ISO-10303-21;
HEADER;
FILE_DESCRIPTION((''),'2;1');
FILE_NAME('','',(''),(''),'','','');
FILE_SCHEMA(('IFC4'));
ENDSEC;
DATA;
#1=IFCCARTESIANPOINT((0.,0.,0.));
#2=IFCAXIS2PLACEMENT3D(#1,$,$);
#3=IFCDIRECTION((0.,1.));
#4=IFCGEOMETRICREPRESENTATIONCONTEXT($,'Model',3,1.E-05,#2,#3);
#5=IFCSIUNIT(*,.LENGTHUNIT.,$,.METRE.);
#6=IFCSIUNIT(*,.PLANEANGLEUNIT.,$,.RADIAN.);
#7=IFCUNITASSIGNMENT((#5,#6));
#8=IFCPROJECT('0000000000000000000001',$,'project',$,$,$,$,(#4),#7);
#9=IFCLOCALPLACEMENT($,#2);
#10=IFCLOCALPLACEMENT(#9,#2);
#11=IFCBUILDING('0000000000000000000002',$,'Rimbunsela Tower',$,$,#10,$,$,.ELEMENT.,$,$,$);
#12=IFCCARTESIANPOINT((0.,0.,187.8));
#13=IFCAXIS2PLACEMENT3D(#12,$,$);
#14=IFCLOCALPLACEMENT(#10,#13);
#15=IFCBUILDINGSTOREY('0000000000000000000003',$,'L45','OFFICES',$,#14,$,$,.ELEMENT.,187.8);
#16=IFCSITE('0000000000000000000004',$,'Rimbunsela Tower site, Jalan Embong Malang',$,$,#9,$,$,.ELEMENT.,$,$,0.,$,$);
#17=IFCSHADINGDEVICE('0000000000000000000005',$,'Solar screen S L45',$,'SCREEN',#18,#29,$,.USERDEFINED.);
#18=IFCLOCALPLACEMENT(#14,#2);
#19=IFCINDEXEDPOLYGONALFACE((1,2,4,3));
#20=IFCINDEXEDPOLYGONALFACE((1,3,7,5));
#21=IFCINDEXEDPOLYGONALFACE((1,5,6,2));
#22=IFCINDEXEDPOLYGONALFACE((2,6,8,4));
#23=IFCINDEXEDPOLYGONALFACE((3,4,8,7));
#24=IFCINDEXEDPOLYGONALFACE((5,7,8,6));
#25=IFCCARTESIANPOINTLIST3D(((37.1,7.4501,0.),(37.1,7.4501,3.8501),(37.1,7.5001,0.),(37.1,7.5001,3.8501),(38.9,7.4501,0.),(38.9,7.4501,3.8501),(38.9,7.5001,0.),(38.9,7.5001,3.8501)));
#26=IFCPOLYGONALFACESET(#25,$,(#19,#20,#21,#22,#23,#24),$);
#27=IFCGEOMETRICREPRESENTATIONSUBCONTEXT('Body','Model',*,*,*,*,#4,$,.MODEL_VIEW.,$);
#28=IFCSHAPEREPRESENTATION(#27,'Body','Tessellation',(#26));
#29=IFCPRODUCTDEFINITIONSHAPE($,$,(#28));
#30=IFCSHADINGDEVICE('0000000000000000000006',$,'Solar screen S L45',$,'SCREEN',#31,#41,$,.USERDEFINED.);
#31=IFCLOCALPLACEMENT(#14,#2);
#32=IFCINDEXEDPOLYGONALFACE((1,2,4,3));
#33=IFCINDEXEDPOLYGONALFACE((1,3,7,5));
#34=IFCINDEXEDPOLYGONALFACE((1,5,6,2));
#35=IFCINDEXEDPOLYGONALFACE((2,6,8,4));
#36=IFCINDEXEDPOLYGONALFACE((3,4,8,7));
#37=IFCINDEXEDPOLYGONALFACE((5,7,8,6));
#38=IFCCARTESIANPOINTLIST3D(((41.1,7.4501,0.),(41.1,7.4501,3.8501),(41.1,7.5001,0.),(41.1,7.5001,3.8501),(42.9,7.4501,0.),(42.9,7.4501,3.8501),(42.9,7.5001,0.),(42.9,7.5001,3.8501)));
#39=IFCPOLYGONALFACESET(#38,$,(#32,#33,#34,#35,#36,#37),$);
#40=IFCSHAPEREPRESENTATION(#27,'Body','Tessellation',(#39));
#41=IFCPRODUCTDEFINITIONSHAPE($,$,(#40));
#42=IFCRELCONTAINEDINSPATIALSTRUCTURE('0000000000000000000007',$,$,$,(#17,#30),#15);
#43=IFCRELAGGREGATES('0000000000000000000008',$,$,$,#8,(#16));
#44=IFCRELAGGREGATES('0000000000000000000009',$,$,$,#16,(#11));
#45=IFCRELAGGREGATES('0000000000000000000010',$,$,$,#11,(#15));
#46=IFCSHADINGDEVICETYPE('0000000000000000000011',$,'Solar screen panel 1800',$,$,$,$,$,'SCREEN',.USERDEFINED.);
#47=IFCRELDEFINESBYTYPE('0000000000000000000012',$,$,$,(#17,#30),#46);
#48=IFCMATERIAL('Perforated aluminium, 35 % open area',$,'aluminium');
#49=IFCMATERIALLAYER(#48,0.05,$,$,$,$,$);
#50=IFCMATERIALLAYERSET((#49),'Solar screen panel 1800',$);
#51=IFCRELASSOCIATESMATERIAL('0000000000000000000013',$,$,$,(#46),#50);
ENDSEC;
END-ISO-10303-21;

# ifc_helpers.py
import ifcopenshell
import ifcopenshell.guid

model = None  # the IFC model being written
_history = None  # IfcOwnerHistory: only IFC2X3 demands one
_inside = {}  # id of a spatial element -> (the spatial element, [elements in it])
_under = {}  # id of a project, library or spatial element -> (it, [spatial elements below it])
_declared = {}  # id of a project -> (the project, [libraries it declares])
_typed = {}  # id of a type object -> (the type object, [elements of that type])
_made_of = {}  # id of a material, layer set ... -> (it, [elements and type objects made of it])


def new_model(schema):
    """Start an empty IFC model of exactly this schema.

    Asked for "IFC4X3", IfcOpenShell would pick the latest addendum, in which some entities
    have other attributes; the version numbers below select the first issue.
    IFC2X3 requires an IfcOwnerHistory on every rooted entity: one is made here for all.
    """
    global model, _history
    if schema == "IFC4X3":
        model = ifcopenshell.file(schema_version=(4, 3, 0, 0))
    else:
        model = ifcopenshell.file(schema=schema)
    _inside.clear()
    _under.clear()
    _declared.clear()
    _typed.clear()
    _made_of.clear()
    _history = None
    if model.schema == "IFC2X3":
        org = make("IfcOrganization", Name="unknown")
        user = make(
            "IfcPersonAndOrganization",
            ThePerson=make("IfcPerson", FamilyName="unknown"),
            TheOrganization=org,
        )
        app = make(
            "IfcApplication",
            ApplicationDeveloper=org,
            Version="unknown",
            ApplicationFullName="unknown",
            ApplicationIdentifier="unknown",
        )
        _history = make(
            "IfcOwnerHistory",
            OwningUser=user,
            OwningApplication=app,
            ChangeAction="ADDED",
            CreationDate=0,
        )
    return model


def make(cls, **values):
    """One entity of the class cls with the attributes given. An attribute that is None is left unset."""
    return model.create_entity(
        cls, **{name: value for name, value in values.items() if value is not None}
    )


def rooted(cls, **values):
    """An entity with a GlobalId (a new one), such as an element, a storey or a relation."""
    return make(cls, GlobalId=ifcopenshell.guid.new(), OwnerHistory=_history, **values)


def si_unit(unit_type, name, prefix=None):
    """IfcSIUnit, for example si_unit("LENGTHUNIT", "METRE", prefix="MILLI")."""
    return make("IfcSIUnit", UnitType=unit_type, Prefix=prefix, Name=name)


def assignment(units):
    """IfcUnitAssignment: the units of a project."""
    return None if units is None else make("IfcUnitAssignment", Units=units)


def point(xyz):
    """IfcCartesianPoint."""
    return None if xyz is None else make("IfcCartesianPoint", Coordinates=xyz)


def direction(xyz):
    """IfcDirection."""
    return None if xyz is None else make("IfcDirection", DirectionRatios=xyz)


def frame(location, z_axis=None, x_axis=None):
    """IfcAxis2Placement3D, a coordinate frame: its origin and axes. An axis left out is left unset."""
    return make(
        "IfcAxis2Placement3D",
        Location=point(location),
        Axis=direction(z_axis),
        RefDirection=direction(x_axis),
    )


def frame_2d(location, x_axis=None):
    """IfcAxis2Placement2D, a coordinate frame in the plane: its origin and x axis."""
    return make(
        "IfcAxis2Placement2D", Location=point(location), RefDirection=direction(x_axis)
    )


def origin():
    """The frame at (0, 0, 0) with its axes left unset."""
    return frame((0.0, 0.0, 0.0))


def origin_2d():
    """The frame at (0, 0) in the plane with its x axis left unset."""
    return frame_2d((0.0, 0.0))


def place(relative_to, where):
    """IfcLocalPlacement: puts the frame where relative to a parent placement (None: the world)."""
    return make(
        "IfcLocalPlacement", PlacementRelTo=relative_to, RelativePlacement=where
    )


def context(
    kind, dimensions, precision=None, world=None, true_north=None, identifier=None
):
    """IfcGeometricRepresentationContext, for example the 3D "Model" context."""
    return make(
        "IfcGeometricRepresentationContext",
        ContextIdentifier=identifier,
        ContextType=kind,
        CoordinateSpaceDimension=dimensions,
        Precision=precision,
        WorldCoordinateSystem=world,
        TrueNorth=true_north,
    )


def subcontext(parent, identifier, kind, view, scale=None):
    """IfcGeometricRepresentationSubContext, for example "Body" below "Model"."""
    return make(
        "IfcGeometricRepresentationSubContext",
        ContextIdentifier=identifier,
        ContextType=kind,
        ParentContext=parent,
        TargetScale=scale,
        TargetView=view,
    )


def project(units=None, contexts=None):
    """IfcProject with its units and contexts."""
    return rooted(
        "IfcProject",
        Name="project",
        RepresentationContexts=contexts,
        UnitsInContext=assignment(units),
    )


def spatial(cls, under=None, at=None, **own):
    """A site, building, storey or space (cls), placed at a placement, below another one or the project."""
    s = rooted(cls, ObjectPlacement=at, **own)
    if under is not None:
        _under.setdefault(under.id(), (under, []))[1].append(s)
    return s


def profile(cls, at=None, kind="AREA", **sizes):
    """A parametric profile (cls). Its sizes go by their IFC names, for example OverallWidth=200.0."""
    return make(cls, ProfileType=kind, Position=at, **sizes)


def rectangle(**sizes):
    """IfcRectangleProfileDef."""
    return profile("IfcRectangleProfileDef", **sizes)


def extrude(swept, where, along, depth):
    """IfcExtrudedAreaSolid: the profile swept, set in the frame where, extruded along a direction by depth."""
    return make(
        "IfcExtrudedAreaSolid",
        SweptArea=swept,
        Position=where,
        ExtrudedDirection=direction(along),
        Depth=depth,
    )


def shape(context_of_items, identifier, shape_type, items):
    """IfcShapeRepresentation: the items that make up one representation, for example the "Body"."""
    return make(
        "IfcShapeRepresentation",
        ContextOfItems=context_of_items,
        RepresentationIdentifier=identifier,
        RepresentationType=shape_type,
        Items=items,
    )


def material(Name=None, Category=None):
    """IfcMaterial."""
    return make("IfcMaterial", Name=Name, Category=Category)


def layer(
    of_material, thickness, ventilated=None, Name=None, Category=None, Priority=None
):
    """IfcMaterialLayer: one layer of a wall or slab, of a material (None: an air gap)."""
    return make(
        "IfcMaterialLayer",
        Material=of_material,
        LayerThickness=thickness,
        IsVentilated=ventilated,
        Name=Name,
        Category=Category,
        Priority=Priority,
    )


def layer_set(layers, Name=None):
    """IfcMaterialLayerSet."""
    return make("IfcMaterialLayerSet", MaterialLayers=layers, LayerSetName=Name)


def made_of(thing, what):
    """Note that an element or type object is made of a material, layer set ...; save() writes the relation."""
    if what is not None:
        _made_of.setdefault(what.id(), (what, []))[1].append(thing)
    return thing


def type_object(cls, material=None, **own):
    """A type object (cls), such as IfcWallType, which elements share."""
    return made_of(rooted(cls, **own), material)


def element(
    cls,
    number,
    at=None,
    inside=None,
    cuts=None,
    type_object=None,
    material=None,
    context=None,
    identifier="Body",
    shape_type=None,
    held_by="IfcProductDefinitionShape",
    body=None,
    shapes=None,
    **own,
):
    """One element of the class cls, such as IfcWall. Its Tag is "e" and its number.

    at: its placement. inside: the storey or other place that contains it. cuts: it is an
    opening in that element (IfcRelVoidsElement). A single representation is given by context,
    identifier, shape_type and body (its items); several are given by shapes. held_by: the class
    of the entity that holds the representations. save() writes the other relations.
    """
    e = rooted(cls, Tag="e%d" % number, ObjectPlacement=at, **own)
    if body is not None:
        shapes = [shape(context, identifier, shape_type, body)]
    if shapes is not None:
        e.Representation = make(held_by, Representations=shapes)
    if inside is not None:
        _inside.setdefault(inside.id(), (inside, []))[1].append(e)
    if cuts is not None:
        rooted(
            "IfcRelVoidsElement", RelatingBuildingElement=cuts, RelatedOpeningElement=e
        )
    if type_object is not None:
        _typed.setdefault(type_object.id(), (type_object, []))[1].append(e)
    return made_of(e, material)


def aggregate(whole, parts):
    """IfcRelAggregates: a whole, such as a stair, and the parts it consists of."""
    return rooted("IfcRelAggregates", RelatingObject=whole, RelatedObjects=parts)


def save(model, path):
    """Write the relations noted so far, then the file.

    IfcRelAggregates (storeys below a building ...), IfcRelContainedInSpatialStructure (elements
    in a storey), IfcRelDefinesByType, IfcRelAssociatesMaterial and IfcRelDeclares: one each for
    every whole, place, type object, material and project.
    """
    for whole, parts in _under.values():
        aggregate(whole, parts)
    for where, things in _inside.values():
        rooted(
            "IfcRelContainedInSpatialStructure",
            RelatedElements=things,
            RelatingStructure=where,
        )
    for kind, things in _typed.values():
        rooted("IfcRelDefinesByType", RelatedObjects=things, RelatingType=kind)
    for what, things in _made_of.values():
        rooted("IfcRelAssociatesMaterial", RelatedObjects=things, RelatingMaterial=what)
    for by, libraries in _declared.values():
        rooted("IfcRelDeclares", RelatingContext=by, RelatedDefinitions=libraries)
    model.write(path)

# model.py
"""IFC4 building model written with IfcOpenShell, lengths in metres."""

from ifc_helpers import new_model, si_unit, direction, frame, origin, origin_2d, place, context, subcontext, project, spatial, rectangle, extrude, material, layer, layer_set, type_object, element, save


model = new_model("IFC4")

# Units and contexts
model_context = context("Model", 3, precision=1e-05, world=origin(), true_north=direction((0.0, 1.0)))
body_context = subcontext(model_context, "Body", "Model", "MODEL_VIEW")
ifc_project = project(units=[si_unit("LENGTHUNIT", "METRE"), si_unit("PLANEANGLEUNIT", "RADIAN")], contexts=[model_context])

# Site, building, storey
site_placement = place(None, origin())
site = spatial("IfcSite", under=ifc_project, at=site_placement, Name="Rimbunsela Tower site, Jalan Embong Malang", CompositionType="ELEMENT", RefElevation=0.0)
building_placement = place(site_placement, origin())
building = spatial("IfcBuilding", under=site, at=building_placement, Name="Rimbunsela Tower", CompositionType="ELEMENT")
storey_placement = place(building_placement, frame((0.0, 0.0, 187.8)))
storey = spatial("IfcBuildingStorey", under=building, at=storey_placement, Name="L45", Description="OFFICES", CompositionType="ELEMENT", Elevation=187.8)

# Shading devices
ifc_material_1 = material(Name="Perforated aluminium, 35 % open area", Category="aluminium")
ifc_layer_1 = layer(ifc_material_1, 0.05)
ifc_layer_set_1 = layer_set([ifc_layer_1], Name="Solar screen panel 1800")
shading_device_type = type_object("IfcShadingDeviceType", Name="Solar screen panel 1800", ElementType="SCREEN", PredefinedType="USERDEFINED", material=ifc_layer_set_1)
for number, where, z_axis, x_axis, name in (
    (1, (38.0, 7.4751, 0.0), (0.0, 0.0, 1.0), (1.0, 0.0, 0.0), "Solar screen S L45"),
    (2, (42.0, 7.4751, 0.0), (0.0, 0.0, 1.0), (1.0, 0.0, 0.0), "Solar screen S L45"),
):
    element("IfcShadingDevice", number, at=place(storey_placement, frame(where, z_axis=z_axis, x_axis=x_axis)), inside=storey, type_object=shading_device_type, Name=name, ObjectType="SCREEN", PredefinedType="USERDEFINED", context=body_context, shape_type="SweptSolid", body=[
        extrude(rectangle(XDim=1.8, YDim=0.05, at=origin_2d()), origin(), (0.0, 0.0, 1.0), 3.8501),
    ])

save(model, "model.ifc")
